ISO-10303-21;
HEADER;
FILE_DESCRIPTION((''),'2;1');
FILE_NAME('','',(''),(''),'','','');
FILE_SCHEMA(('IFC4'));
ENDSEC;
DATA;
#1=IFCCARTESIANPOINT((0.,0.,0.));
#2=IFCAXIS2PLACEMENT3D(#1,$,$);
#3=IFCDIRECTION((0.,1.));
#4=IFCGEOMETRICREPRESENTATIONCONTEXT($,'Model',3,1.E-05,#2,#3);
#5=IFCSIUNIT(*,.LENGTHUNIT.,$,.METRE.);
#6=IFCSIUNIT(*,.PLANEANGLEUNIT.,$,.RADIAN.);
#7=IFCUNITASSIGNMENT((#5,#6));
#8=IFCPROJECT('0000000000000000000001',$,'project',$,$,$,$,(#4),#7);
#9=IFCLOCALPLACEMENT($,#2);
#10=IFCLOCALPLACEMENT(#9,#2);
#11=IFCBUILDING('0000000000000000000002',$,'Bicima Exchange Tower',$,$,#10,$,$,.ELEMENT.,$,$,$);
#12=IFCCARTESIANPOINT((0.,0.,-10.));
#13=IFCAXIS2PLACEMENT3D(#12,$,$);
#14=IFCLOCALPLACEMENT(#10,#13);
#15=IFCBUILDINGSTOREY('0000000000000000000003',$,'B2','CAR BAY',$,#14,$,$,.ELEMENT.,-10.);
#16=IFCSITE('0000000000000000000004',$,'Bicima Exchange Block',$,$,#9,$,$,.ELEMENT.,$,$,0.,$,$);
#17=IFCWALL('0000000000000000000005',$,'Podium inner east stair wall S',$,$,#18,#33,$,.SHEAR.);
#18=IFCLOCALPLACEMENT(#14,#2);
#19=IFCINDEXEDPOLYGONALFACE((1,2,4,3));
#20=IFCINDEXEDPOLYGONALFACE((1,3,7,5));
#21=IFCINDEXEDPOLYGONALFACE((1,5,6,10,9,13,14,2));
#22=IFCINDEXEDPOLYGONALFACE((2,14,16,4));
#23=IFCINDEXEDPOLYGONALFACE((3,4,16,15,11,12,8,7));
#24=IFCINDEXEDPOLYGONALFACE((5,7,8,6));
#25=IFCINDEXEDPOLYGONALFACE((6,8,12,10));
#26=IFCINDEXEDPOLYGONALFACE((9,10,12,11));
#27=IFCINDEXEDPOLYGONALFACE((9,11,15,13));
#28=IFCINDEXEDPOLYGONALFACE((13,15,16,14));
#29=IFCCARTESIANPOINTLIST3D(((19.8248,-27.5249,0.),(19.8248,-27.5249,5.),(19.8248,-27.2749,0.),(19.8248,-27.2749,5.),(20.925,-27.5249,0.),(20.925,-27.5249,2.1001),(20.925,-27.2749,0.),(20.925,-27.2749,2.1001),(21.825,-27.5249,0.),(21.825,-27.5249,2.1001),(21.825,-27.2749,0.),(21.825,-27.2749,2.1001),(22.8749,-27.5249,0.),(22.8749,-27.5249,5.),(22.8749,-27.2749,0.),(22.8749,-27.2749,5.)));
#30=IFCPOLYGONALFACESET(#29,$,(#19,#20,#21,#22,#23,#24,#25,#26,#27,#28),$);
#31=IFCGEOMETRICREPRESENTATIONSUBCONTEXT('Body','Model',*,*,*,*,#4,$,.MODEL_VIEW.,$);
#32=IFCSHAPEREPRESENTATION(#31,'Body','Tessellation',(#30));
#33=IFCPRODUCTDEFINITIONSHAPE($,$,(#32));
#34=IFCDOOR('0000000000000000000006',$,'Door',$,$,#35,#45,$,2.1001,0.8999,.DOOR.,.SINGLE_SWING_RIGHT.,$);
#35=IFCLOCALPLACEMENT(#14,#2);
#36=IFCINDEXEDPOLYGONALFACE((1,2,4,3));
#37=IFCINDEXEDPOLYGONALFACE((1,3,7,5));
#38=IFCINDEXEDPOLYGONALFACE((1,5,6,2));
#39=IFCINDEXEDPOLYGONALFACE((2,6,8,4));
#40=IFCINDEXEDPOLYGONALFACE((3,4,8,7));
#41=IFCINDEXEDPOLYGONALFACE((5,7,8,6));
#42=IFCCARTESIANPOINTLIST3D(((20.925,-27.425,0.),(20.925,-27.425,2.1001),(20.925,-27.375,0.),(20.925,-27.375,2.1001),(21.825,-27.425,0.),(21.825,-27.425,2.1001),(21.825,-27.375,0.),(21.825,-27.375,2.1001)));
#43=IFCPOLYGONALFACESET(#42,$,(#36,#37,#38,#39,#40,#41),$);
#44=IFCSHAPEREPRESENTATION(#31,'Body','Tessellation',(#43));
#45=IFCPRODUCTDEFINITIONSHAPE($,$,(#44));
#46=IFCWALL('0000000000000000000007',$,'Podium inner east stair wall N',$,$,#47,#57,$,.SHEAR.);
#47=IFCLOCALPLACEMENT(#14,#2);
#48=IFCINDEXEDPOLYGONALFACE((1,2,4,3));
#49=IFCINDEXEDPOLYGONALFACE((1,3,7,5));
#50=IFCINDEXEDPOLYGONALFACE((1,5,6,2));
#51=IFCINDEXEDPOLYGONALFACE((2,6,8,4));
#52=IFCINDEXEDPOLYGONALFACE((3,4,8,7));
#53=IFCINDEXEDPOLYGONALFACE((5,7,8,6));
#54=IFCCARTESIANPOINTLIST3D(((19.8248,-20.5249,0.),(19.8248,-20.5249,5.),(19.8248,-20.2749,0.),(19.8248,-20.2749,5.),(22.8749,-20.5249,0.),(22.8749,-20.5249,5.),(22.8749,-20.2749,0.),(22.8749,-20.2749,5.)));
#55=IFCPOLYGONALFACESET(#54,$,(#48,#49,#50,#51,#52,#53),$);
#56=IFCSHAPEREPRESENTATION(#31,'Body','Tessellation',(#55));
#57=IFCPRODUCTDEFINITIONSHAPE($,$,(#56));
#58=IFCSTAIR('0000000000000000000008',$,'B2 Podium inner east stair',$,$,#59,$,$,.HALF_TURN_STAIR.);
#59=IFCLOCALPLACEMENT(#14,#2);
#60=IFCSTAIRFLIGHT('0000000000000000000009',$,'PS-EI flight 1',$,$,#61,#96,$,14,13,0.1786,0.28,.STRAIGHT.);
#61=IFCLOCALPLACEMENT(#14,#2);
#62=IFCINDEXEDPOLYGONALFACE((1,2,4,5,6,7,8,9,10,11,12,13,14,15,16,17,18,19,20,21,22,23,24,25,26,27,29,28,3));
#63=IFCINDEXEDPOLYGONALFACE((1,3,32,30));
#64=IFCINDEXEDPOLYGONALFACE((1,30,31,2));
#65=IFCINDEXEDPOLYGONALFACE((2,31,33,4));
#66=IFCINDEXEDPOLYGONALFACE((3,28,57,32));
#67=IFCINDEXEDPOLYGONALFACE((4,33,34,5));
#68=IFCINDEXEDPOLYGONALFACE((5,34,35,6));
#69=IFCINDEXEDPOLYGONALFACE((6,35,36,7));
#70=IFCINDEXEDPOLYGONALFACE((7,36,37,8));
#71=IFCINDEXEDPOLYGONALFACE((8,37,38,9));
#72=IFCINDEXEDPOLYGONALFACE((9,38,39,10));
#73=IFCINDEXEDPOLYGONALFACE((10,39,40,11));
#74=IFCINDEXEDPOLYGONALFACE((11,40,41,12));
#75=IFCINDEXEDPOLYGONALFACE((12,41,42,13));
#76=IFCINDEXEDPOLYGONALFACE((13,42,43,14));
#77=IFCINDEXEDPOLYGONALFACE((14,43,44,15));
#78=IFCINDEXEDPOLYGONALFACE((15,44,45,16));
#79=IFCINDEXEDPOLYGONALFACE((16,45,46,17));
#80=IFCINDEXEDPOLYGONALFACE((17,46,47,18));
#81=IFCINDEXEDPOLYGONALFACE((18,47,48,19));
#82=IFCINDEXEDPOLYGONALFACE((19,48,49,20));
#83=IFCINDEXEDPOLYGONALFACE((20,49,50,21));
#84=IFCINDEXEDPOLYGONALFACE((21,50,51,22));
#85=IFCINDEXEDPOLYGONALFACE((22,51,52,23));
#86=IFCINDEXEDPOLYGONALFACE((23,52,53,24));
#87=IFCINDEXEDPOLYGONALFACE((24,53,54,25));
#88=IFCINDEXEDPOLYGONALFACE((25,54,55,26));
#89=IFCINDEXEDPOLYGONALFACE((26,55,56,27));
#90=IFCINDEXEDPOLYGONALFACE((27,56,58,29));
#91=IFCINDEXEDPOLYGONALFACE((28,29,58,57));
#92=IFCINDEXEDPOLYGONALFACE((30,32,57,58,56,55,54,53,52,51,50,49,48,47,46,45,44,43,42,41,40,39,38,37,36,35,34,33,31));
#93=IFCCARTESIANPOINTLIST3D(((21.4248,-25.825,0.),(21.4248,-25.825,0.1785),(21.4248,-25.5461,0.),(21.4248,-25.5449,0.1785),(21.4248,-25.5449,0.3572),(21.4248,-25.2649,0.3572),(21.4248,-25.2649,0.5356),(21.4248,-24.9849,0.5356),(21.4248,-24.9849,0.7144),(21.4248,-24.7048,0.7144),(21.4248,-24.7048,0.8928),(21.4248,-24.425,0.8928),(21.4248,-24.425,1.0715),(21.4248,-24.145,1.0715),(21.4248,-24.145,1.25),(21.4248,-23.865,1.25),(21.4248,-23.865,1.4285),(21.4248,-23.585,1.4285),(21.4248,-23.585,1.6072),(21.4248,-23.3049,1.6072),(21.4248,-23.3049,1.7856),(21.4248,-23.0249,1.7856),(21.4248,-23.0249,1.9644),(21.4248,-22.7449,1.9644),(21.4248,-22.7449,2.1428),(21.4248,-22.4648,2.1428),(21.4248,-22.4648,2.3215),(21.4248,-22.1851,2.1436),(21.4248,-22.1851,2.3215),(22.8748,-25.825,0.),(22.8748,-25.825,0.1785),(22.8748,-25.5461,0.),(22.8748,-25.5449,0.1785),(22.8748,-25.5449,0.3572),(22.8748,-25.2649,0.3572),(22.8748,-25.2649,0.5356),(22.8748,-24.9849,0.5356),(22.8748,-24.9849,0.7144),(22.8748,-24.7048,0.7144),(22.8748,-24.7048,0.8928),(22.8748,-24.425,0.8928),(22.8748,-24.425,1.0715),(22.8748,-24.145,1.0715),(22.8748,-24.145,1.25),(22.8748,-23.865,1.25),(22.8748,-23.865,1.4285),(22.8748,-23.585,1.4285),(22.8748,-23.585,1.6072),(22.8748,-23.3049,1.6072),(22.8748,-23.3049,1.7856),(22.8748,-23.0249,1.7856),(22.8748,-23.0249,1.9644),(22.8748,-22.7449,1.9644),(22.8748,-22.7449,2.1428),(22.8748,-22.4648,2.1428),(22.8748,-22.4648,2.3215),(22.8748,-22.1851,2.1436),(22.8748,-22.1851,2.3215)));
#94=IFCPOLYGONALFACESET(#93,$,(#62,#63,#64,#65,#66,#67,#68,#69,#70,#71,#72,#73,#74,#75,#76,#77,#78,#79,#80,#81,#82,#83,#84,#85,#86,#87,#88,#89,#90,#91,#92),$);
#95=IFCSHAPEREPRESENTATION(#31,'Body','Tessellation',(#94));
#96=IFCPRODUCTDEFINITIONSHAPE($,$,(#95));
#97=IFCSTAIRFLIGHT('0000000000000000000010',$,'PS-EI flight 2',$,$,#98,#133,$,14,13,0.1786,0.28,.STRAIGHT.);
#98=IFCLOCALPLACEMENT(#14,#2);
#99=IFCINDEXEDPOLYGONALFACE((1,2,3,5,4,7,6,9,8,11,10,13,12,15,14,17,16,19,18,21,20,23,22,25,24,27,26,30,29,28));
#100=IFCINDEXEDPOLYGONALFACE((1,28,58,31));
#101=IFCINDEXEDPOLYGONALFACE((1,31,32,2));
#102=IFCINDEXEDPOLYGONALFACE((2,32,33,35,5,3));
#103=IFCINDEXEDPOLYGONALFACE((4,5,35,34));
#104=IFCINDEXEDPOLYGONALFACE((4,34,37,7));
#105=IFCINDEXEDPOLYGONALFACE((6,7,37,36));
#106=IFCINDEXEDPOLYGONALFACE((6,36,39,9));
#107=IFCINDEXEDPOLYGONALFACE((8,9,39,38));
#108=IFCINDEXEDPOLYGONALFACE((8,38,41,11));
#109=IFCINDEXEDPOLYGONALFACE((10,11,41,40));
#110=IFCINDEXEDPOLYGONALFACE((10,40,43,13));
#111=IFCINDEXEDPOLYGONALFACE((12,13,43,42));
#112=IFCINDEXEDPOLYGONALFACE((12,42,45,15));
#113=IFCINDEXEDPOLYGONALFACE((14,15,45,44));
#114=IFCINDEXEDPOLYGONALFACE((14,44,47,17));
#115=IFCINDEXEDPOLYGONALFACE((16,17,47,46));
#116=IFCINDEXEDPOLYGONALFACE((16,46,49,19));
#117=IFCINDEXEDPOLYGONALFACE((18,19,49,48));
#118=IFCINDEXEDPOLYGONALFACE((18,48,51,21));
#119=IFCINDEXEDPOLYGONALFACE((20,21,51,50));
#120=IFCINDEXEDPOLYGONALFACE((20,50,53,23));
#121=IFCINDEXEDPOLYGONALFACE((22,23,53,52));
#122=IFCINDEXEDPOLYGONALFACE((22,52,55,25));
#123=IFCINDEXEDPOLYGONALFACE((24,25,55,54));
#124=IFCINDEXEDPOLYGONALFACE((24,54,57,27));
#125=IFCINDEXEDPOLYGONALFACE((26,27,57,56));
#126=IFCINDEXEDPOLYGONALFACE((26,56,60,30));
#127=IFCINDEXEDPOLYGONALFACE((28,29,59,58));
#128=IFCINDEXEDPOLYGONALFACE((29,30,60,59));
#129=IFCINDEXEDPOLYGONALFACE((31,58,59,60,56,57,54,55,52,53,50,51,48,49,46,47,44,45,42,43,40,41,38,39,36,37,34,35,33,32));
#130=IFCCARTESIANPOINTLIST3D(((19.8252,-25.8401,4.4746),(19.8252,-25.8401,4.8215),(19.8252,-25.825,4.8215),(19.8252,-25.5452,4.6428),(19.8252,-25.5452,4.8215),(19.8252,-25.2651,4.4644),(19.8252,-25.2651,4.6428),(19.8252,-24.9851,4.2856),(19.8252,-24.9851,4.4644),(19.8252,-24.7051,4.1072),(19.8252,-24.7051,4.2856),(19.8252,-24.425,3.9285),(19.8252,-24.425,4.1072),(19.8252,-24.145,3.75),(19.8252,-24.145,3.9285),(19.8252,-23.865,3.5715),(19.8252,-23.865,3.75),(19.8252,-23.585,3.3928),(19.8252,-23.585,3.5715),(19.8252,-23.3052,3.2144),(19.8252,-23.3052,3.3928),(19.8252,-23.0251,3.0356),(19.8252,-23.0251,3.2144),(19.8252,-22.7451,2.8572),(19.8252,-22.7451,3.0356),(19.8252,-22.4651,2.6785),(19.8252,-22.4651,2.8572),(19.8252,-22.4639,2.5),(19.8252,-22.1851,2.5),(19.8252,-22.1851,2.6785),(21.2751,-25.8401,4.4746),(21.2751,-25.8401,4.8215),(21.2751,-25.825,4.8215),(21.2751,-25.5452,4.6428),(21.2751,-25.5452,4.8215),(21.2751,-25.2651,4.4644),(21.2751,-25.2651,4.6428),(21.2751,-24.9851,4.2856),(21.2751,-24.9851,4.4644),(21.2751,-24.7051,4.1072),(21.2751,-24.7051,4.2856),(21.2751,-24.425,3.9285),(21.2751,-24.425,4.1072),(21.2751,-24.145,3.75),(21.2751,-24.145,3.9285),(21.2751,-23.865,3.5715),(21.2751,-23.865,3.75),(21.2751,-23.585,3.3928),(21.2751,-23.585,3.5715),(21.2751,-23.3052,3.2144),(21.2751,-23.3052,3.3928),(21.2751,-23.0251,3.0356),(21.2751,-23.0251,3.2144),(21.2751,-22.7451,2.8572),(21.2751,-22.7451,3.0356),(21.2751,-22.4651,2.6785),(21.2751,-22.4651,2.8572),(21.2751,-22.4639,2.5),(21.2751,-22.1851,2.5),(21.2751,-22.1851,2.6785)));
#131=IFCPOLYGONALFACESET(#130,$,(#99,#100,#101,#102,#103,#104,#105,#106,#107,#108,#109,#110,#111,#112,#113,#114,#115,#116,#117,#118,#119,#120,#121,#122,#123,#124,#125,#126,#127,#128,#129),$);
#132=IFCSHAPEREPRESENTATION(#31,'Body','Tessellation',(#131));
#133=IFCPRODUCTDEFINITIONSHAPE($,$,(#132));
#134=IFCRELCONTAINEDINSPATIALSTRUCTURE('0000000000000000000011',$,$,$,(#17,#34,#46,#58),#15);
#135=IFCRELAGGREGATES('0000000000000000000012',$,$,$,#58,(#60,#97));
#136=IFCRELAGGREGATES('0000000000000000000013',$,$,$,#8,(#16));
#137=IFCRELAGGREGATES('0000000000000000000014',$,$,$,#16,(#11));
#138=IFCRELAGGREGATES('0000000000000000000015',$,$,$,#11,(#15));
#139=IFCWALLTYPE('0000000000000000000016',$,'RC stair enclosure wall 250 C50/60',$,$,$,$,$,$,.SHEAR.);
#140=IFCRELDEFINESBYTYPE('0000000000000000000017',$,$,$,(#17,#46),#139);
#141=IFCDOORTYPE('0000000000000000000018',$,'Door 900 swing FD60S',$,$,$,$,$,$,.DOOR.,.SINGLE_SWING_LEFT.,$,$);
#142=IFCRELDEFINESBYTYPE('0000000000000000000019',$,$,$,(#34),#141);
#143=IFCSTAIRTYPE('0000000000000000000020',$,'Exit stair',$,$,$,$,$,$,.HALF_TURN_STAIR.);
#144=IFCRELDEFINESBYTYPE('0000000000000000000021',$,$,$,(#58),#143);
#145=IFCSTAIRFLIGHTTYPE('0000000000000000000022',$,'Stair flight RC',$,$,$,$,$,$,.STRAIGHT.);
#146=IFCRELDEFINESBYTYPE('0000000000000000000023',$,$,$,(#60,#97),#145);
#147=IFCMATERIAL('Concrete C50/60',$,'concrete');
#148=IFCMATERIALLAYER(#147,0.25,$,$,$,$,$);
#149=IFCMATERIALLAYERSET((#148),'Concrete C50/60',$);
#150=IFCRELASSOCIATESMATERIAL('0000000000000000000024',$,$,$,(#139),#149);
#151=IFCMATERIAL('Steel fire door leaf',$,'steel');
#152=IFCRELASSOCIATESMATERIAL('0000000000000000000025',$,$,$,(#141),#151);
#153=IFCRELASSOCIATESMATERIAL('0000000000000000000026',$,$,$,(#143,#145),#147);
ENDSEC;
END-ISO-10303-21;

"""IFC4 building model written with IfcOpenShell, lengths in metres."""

from ifc_helpers import new_model, si_unit, direction, frame, frame_2d, origin, place, context, subcontext, project, spatial, polyline, rectangle, outline, extrude, material, layer, layer_set, type_object, element, fill, aggregate, save


model = new_model("IFC4")

# Units and contexts
model_context = context("Model", 3, precision=1e-05, world=origin(), true_north=direction((0.0, 1.0)))
body_context = subcontext(model_context, "Body", "Model", "MODEL_VIEW")
ifc_project = project(units=[si_unit("LENGTHUNIT", "METRE"), si_unit("PLANEANGLEUNIT", "RADIAN")], contexts=[model_context])

# Site, building, storey
site_placement = place(None, origin())
site = spatial("IfcSite", under=ifc_project, at=site_placement, Name="Bicima Exchange Block", CompositionType="ELEMENT", RefElevation=0.0)
building_placement = place(site_placement, origin())
building = spatial("IfcBuilding", under=site, at=building_placement, Name="Bicima Exchange Tower", CompositionType="ELEMENT")
storey_placement = place(building_placement, frame((0.0, 0.0, -10.0)))
storey = spatial("IfcBuildingStorey", under=building, at=storey_placement, Name="B2", Description="CAR BAY", CompositionType="ELEMENT", Elevation=-10.0)

# Shared definitions
ifc_material_1 = material(Name="Steel fire door leaf", Category="steel")

# Shared definitions
ifc_material_2 = material(Name="Concrete C50/60", Category="concrete")
ifc_layer_1 = layer(ifc_material_2, 0.25)
ifc_layer_set_1 = layer_set([ifc_layer_1], Name="Concrete C50/60")
wall_type_1 = type_object("IfcWallType", Name="RC stair enclosure wall 250 C50/60", PredefinedType="SHEAR", material=ifc_layer_set_1)

# Wall, opening, door
wall_1_placement = place(storey_placement, frame((19.825, -27.3999, 0.0), z_axis=(0.0, 0.0, 1.0), x_axis=(1.0, 0.0, 0.0)))
wall_1 = element("IfcWall", 1, at=wall_1_placement, inside=storey, type_object=wall_type_1, Name="Podium inner east stair wall S", PredefinedType="SHEAR", context=body_context, shape_type="SweptSolid", body=[
    extrude(rectangle(XDim=3.05, YDim=0.25, at=frame_2d((1.5249, 0.0))), origin(), (0.0, 0.0, 1.0), 5.0),
])
opening_1_placement = place(wall_1_placement, frame((1.1001, 0.0, 0.0)))
opening_1 = element("IfcOpeningElement", 2, at=opening_1_placement, cuts=wall_1, PredefinedType="OPENING", context=body_context, shape_type="SweptSolid", body=[
    extrude(rectangle(XDim=0.8999, YDim=2.1001, at=frame_2d((0.45, 1.05))), frame((0.0, 0.137, 0.0), z_axis=(0.0, -1.0, 0.0), x_axis=(1.0, 0.0, 0.0)), (0.0, 0.0, 1.0), 0.2739),
])
door_type_1 = type_object("IfcDoorType", Name="Door 900 swing FD60S", OperationType="SINGLE_SWING_LEFT", PredefinedType="DOOR", material=ifc_material_1)
door_1_placement = place(opening_1_placement, origin())
door_1 = element("IfcDoor", 3, at=door_1_placement, inside=storey, type_object=door_type_1, Name="Door", OperationType="SINGLE_SWING_RIGHT", OverallHeight=2.1001, OverallWidth=0.8999, PredefinedType="DOOR", context=body_context, shape_type="SweptSolid", body=[
    extrude(rectangle(XDim=0.8999, YDim=2.1001, at=frame_2d((0.45, 1.05))), frame((0.0, 0.0249, 0.0), z_axis=(0.0, -1.0, 0.0), x_axis=(1.0, 0.0, 0.0)), (0.0, 0.0, 1.0), 0.05),
])
fill(opening_1, door_1)

# Wall
wall_2_placement = place(storey_placement, frame((19.825, -20.3999, 0.0), z_axis=(0.0, 0.0, 1.0), x_axis=(1.0, 0.0, 0.0)))
element("IfcWall", 4, at=wall_2_placement, inside=storey, type_object=wall_type_1, Name="Podium inner east stair wall N", PredefinedType="SHEAR", context=body_context, shape_type="SweptSolid", body=[
    extrude(rectangle(XDim=3.05, YDim=0.25, at=frame_2d((1.5249, 0.0))), origin(), (0.0, 0.0, 1.0), 5.0),
])

# Stair, stair flights
stair_type = type_object("IfcStairType", Name="Exit stair", PredefinedType="HALF_TURN_STAIR", material=ifc_material_2)
stair_placement = place(storey_placement, origin())
stair = element("IfcStair", 5, at=stair_placement, inside=storey, type_object=stair_type, Name="B2 Podium inner east stair", PredefinedType="HALF_TURN_STAIR")
stair_flight_type = type_object("IfcStairFlightType", Name="Stair flight RC", PredefinedType="STRAIGHT", material=ifc_material_2)
stair_flight_1_placement = place(storey_placement, frame((22.1499, -25.825, 0.0), z_axis=(0.0, 0.0, 1.0), x_axis=(0.0, 1.0, 0.0)))
stair_flight_1 = element("IfcStairFlight", 6, at=stair_flight_1_placement, type_object=stair_flight_type, Name="PS-EI flight 1", NumberOfRisers=14, NumberOfTreads=13, PredefinedType="STRAIGHT", RiserHeight=0.1786, TreadLength=0.28, context=body_context, shape_type="SweptSolid", body=[
    extrude(outline(polyline([(0.0, 0.0), (0.0, 0.1785), (0.28, 0.1785), (0.28, 0.3572), (0.5601, 0.3572), (0.5601, 0.5356), (0.8401, 0.5356), (0.8401, 0.7144), (1.1201, 0.7144), (1.1201, 0.8928), (1.3999, 0.8928), (1.3999, 1.0715), (1.6799, 1.0715), (1.6799, 1.25), (1.96, 1.25), (1.96, 1.4285), (2.24, 1.4285), (2.24, 1.6072), (2.52, 1.6072), (2.52, 1.7856), (2.8, 1.7856), (2.8, 1.9644), (3.0801, 1.9644), (3.0801, 2.1428), (3.3601, 2.1428), (3.3601, 2.3215), (3.6399, 2.3215), (3.6399, 2.5), (3.6399, 2.1436), (0.2788, 0.0), (0.0, 0.0)])), frame((0.0, 0.7251, 0.0), z_axis=(0.0, -1.0, 0.0), x_axis=(1.0, 0.0, 0.0)), (0.0, 0.0, 1.0), 1.45),
])
stair_flight_2_placement = place(storey_placement, frame((20.55, -22.1851, 2.5), z_axis=(0.0, 0.0, 1.0), x_axis=(0.0, -1.0, 0.0)))
stair_flight_2 = element("IfcStairFlight", 7, at=stair_flight_2_placement, type_object=stair_flight_type, Name="PS-EI flight 2", NumberOfRisers=14, NumberOfTreads=13, PredefinedType="STRAIGHT", RiserHeight=0.1786, TreadLength=0.28, context=body_context, shape_type="SweptSolid", body=[
    extrude(outline(polyline([(0.0, 0.0), (0.0, 0.1785), (0.28, 0.1785), (0.28, 0.3572), (0.5601, 0.3572), (0.5601, 0.5356), (0.8401, 0.5356), (0.8401, 0.7144), (1.1201, 0.7144), (1.1201, 0.8928), (1.3999, 0.8928), (1.3999, 1.0715), (1.6799, 1.0715), (1.6799, 1.25), (1.96, 1.25), (1.96, 1.4285), (2.24, 1.4285), (2.24, 1.6072), (2.52, 1.6072), (2.52, 1.7856), (2.8, 1.7856), (2.8, 1.9644), (3.0801, 1.9644), (3.0801, 2.1428), (3.3601, 2.1428), (3.3601, 2.3215), (3.6399, 2.3215), (3.655, 2.3215), (3.655, 1.9746), (0.2788, 0.0), (0.0, 0.0)])), frame((0.0, 0.7251, 0.0), z_axis=(0.0, -1.0, 0.0), x_axis=(1.0, 0.0, 0.0)), (0.0, 0.0, 1.0), 1.45),
])
aggregate(stair, [stair_flight_1, stair_flight_2])

save(model, "model.ifc")
